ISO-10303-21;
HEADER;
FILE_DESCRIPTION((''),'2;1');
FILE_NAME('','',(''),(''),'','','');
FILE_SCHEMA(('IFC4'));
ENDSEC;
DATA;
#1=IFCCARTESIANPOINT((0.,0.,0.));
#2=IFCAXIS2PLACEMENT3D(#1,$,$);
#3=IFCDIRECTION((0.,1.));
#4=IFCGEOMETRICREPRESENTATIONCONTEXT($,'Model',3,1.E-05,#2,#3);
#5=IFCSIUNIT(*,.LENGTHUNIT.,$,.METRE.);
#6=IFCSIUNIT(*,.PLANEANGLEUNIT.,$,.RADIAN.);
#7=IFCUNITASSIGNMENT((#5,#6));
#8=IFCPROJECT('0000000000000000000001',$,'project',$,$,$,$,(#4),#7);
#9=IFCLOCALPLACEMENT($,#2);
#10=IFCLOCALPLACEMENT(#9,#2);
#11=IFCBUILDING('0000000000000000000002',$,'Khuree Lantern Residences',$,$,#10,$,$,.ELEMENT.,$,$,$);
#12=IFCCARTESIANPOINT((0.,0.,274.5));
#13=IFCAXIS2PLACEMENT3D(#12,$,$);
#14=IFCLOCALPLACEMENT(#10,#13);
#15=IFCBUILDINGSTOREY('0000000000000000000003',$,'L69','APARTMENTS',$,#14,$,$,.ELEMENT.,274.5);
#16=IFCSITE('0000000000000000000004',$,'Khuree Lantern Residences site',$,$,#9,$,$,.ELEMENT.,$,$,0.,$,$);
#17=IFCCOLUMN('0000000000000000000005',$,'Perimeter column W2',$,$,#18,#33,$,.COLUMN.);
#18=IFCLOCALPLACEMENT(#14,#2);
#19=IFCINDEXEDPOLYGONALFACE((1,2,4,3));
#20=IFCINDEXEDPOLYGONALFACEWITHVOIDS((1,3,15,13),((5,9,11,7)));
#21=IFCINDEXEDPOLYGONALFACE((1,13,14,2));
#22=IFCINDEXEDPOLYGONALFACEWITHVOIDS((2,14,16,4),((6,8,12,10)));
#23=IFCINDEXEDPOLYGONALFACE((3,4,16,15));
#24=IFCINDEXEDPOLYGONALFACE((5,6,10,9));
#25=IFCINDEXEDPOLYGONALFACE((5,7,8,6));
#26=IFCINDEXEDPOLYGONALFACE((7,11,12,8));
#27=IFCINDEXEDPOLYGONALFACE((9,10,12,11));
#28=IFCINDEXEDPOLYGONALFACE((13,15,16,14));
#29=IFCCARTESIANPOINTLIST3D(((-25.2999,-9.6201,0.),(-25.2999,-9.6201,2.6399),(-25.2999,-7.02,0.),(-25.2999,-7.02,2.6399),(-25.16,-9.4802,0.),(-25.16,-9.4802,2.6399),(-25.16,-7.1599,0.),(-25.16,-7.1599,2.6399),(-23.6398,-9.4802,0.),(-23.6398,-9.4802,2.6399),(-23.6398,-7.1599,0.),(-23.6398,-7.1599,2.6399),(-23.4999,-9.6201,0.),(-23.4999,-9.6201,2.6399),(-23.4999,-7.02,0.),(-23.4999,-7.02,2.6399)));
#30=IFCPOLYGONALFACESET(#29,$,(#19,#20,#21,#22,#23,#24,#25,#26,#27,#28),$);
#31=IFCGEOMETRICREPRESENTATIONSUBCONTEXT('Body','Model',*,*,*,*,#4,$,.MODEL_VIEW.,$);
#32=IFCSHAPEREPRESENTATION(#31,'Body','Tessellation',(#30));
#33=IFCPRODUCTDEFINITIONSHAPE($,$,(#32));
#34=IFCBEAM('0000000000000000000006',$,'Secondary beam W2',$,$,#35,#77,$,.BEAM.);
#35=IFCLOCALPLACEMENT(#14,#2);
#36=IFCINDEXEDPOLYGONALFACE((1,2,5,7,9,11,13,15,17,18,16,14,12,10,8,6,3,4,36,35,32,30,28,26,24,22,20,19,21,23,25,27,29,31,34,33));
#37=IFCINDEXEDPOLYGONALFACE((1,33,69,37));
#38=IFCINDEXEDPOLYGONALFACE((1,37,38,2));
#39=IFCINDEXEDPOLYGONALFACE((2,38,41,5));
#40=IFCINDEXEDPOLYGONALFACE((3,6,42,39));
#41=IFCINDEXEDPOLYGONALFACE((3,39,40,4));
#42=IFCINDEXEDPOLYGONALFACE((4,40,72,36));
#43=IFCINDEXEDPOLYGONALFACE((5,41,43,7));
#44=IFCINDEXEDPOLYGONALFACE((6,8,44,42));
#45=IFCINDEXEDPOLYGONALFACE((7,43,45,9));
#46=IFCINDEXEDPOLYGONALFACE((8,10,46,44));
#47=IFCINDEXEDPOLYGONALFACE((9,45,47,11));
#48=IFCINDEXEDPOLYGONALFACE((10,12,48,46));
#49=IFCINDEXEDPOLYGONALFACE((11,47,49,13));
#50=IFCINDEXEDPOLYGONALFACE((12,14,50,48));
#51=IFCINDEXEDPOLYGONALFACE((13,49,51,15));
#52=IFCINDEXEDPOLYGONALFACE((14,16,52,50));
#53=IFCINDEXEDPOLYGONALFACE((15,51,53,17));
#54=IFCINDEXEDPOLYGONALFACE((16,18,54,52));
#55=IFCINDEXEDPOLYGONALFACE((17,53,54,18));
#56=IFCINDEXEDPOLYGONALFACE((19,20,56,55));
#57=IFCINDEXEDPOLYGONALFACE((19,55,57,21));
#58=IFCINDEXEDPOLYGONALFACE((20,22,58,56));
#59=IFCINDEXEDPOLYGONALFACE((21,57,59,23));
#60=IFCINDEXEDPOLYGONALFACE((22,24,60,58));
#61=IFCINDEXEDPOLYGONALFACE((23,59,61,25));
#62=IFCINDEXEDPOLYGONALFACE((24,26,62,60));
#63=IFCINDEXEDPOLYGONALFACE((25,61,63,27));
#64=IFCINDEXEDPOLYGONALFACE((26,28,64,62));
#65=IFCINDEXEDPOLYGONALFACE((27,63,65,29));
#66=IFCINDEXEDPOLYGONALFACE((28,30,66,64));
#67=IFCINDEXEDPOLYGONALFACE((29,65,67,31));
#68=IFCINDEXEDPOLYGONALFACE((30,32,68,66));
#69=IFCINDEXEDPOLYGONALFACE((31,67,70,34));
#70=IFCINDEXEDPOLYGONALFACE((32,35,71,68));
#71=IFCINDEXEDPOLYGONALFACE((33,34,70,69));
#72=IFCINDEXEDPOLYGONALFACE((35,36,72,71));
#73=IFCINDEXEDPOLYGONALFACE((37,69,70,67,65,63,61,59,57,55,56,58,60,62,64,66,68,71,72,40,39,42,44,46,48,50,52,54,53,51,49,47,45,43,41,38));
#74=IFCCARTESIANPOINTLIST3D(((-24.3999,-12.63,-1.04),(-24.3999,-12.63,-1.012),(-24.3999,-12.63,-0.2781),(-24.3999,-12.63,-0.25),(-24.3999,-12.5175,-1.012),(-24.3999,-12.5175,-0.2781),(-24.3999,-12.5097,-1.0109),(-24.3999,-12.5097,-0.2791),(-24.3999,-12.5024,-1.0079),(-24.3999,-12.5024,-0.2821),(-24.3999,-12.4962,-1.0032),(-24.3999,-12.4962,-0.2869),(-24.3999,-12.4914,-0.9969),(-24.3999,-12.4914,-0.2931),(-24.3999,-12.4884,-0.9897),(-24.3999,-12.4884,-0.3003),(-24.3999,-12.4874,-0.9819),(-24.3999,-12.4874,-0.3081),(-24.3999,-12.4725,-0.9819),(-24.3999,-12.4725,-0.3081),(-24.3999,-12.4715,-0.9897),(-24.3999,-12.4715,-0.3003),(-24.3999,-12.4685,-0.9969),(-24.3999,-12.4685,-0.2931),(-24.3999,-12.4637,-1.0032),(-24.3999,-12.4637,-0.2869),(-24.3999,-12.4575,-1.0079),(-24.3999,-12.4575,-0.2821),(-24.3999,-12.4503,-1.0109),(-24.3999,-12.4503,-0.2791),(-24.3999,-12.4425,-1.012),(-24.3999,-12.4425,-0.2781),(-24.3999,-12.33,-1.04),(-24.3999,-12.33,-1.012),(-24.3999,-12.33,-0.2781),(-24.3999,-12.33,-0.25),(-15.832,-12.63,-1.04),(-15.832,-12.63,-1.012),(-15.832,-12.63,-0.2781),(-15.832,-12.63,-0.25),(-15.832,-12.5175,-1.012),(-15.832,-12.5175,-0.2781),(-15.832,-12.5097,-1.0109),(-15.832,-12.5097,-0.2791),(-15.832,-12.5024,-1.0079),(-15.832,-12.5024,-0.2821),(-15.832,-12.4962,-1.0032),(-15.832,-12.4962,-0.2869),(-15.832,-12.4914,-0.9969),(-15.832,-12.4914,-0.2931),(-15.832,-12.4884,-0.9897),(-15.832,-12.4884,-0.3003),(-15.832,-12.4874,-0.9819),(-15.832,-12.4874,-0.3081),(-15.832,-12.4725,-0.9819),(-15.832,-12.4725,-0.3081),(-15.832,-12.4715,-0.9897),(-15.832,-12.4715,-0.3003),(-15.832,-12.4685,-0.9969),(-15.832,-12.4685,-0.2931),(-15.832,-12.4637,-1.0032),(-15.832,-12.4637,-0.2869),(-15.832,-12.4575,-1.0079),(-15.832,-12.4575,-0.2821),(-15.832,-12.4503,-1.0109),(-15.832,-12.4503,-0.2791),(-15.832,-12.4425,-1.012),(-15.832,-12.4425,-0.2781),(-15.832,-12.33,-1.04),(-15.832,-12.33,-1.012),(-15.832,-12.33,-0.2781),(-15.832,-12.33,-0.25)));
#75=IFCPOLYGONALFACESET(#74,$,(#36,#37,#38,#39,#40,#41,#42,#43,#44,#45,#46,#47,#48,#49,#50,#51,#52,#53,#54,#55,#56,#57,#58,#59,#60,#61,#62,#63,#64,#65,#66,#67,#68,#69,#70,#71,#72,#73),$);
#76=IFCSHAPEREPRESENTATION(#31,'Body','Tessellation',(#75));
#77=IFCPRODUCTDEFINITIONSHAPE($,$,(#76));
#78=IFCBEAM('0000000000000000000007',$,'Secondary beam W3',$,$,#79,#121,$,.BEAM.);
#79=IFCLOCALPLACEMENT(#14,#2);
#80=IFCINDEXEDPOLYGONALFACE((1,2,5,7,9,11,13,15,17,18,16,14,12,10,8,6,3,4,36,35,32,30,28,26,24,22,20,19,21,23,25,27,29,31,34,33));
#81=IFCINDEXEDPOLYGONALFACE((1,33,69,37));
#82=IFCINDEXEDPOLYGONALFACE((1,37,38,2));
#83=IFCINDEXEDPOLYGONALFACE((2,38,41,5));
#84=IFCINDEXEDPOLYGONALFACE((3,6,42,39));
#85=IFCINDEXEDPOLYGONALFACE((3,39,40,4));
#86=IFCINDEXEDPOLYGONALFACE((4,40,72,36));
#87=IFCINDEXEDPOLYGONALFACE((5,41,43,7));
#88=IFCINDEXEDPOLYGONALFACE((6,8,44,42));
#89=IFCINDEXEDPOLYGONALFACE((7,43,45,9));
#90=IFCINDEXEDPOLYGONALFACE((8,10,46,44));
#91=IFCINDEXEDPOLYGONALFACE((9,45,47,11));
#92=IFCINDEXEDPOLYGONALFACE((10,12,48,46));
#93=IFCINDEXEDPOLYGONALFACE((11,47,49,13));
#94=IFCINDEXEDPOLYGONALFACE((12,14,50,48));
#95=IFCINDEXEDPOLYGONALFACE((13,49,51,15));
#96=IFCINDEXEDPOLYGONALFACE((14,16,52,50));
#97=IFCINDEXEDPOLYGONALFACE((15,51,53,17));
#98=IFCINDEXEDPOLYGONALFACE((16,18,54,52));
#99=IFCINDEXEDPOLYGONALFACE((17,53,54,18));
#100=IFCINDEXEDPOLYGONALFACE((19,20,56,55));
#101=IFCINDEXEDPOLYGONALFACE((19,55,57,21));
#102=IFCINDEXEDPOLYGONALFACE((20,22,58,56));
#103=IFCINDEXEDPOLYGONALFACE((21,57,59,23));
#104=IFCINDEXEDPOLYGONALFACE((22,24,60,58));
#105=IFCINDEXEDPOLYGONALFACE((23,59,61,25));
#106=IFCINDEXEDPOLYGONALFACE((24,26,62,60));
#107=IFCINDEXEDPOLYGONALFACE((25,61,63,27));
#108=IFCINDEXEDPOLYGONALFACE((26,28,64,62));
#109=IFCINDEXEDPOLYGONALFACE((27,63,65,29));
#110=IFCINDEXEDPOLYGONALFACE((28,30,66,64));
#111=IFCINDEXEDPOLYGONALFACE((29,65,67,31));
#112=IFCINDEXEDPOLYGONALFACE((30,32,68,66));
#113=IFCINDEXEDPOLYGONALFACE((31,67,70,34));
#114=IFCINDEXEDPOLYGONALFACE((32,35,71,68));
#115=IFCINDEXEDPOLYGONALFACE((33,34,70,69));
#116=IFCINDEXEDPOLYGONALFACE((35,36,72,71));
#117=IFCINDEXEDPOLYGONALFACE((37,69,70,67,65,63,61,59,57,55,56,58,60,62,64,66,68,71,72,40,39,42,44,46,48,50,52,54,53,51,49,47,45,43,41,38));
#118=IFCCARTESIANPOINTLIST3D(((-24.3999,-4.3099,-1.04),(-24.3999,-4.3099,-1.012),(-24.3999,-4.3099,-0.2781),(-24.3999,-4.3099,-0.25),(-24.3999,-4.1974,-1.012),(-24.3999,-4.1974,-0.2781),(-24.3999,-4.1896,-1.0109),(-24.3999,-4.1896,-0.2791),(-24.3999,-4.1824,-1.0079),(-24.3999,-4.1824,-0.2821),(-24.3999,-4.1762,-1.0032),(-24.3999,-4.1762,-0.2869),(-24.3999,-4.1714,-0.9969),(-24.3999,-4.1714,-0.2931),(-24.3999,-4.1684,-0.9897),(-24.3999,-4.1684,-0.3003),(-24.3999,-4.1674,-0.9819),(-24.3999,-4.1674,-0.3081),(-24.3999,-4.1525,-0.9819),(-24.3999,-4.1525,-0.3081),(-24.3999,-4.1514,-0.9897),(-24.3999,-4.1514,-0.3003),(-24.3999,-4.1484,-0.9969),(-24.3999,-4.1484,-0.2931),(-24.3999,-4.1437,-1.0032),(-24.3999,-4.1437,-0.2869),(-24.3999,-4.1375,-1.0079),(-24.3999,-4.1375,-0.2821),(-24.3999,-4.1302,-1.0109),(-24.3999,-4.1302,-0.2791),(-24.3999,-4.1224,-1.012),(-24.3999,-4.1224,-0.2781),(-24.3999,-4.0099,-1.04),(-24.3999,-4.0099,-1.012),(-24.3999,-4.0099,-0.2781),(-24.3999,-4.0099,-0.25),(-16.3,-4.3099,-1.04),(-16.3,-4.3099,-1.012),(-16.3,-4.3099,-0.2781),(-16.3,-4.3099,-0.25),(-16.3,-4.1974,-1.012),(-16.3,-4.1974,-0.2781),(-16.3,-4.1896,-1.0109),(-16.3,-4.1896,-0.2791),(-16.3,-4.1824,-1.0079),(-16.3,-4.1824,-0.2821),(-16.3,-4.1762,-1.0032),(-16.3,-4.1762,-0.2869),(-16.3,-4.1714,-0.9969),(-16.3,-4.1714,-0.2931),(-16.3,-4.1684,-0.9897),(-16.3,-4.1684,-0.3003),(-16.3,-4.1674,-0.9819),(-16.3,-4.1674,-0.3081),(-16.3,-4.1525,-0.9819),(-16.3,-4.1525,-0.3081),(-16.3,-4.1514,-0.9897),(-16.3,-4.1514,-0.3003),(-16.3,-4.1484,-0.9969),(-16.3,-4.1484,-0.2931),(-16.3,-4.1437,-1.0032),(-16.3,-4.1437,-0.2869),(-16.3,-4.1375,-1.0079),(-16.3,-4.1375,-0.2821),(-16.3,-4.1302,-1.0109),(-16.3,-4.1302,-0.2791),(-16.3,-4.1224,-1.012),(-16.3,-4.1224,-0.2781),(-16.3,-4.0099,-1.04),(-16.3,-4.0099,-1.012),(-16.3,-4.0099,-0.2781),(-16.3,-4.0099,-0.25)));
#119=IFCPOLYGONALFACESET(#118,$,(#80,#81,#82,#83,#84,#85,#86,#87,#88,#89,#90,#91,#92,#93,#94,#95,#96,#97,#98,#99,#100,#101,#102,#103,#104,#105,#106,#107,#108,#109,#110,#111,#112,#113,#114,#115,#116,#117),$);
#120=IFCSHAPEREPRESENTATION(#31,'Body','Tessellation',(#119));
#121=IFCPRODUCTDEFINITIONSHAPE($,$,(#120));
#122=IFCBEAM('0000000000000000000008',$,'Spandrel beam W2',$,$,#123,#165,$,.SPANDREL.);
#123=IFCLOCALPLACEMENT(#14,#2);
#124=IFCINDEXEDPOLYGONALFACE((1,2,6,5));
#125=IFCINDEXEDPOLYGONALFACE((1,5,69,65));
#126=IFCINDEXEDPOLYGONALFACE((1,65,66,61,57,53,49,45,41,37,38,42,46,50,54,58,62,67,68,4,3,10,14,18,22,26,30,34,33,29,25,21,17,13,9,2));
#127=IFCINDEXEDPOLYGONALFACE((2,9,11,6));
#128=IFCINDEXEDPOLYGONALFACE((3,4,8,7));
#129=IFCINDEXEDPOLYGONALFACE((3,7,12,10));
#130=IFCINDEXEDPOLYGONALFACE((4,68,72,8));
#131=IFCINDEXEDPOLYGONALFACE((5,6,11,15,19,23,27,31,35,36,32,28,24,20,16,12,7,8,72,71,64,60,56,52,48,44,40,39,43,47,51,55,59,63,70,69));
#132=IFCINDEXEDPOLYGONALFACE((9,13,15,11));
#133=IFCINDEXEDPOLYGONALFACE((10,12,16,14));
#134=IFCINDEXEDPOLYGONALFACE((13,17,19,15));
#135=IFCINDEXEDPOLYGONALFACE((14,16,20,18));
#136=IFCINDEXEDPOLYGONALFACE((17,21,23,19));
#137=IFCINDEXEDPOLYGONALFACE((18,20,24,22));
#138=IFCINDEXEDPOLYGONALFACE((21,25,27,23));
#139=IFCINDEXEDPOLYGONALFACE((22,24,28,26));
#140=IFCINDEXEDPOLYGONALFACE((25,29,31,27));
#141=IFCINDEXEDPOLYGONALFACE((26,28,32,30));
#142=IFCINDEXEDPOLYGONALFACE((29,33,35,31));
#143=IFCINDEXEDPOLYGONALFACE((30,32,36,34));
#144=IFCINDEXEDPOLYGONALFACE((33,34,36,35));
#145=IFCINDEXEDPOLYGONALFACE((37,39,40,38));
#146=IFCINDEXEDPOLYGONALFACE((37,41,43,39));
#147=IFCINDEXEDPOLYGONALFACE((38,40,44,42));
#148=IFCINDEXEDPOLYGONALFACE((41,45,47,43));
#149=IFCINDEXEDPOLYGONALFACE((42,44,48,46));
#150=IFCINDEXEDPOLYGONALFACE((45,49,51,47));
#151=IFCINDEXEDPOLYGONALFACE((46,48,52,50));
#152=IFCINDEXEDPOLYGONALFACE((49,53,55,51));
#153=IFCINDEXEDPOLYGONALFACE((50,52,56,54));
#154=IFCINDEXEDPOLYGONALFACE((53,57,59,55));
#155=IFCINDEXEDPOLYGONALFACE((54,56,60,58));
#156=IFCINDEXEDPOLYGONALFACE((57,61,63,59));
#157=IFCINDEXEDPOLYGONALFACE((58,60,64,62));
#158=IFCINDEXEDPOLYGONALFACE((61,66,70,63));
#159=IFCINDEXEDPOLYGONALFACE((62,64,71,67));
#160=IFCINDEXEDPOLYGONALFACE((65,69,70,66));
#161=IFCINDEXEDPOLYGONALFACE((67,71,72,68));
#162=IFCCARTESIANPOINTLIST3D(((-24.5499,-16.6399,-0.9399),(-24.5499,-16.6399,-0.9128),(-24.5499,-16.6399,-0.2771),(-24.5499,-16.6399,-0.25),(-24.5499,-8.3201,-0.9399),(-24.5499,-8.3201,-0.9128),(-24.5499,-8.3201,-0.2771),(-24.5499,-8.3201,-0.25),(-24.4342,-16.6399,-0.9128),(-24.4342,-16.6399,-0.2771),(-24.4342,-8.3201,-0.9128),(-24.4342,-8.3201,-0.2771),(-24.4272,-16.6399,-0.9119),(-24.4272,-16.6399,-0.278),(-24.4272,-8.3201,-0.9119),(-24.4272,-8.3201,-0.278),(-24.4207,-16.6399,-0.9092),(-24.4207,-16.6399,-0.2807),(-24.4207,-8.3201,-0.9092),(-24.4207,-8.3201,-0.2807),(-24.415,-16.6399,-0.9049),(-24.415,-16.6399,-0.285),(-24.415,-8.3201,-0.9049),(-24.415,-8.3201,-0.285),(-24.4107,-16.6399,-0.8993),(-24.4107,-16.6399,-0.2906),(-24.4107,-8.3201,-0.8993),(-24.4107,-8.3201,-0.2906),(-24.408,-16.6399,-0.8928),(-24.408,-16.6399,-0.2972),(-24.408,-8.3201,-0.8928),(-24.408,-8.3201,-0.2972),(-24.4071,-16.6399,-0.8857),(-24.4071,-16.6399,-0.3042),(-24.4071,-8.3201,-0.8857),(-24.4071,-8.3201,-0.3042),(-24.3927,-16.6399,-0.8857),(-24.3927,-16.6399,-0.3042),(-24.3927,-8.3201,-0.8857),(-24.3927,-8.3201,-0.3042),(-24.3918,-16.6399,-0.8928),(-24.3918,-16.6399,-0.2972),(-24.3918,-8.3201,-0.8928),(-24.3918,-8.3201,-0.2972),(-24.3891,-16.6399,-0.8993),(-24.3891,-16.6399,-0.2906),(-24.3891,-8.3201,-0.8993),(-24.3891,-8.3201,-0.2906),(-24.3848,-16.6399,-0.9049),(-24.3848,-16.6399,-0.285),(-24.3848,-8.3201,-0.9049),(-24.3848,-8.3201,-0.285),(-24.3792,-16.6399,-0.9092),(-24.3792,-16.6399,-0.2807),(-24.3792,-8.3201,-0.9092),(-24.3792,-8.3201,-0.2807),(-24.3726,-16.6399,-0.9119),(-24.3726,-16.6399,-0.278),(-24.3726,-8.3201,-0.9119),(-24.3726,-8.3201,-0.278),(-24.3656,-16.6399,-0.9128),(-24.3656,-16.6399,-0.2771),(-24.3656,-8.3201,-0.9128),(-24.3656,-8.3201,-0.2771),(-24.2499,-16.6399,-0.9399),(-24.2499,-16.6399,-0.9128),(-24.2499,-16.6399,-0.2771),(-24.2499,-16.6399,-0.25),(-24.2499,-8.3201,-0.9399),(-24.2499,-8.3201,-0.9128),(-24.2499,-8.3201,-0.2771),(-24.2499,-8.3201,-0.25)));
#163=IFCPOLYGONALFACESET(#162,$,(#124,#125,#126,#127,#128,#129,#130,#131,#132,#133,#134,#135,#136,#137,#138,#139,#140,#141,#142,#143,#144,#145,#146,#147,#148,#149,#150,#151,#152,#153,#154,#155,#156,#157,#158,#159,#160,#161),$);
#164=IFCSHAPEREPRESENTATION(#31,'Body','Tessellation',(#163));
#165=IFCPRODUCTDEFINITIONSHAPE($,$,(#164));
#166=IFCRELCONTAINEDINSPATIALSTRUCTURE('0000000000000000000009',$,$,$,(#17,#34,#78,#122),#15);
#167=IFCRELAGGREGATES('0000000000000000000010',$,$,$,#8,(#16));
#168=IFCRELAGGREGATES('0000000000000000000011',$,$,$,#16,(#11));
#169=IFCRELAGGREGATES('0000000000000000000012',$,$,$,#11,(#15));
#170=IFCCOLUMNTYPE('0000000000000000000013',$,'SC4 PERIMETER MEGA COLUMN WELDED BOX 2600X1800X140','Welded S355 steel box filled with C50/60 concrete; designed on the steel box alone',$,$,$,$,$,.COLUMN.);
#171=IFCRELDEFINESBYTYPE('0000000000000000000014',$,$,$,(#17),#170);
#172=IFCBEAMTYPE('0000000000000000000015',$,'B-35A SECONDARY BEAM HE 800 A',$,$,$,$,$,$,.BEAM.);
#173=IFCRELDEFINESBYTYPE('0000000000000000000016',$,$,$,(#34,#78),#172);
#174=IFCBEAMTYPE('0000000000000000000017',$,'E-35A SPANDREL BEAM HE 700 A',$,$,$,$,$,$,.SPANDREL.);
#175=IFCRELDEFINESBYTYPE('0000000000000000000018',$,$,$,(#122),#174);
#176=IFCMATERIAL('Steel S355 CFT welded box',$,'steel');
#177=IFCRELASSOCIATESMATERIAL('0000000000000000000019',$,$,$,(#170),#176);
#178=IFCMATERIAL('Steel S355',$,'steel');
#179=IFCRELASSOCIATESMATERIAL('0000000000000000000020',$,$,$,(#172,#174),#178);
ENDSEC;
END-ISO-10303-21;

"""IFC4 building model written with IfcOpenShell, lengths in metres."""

from ifc_helpers import new_model, si_unit, direction, frame, origin, origin_2d, place, context, subcontext, project, spatial, hollow_rectangle, i_section, extrude, material, material_profile, profile_set, type_object, element, save


model = new_model("IFC4")

# Units and contexts
model_context = context("Model", 3, precision=1e-05, world=origin(), true_north=direction((0.0, 1.0)))
body_context = subcontext(model_context, "Body", "Model", "MODEL_VIEW")
ifc_project = project(units=[si_unit("LENGTHUNIT", "METRE"), si_unit("PLANEANGLEUNIT", "RADIAN")], contexts=[model_context])

# Site, building, storey
site_placement = place(None, origin())
site = spatial("IfcSite", under=ifc_project, at=site_placement, Name="Khuree Lantern Residences site", CompositionType="ELEMENT", RefElevation=0.0)
building_placement = place(site_placement, origin())
building = spatial("IfcBuilding", under=site, at=building_placement, Name="Khuree Lantern Residences", CompositionType="ELEMENT")
storey_placement = place(building_placement, frame((0.0, 0.0, 274.5)))
storey = spatial("IfcBuildingStorey", under=building, at=storey_placement, Name="L69", Description="APARTMENTS", CompositionType="ELEMENT", Elevation=274.5)

# Column
ifc_material_1 = material(Name="Steel S355 CFT welded box", Category="steel")
ifc_material_profile_1 = material_profile(ifc_material_1, hollow_rectangle(XDim=2.6001, YDim=1.8, WallThickness=0.1399, at=origin_2d()), Name="WELDED BOX 2600X1800X140")
ifc_profile_set_1 = profile_set([ifc_material_profile_1], Name="Steel S355 CFT welded box")
column_type = type_object("IfcColumnType", Name="SC4 PERIMETER MEGA COLUMN WELDED BOX 2600X1800X140", Description="Welded S355 steel box filled with C50/60 concrete; designed on the steel box alone", PredefinedType="COLUMN", material=ifc_profile_set_1)
column_placement = place(storey_placement, frame((-24.3999, -8.3201, 0.0), z_axis=(0.0, 0.0, 1.0), x_axis=(0.0, 1.0, 0.0)))
element("IfcColumn", 1, at=column_placement, inside=storey, type_object=column_type, Name="Perimeter column W2", PredefinedType="COLUMN", context=body_context, shape_type="SweptSolid", body=[
    extrude(hollow_rectangle(XDim=2.6001, YDim=1.8, WallThickness=0.1399, at=origin_2d()), origin(), (0.0, 0.0, 1.0), 2.6399),
])

# Beams
ifc_material_2 = material(Name="Steel S355", Category="steel")
ifc_material_profile_2 = material_profile(ifc_material_2, i_section(OverallWidth=0.3, OverallDepth=0.79, WebThickness=0.0149, FlangeThickness=0.0281, FilletRadius=0.03, at=origin_2d()), Name="HE 800 A")
ifc_profile_set_2 = profile_set([ifc_material_profile_2], Name="Steel S355")
beam_type_1 = type_object("IfcBeamType", Name="B-35A SECONDARY BEAM HE 800 A", PredefinedType="BEAM", material=ifc_profile_set_2)
beam_1_placement = place(storey_placement, frame((-24.3999, -12.48, -0.645), z_axis=(1.0, 0.0, 0.0), x_axis=(0.0, 1.0, 0.0)))
element("IfcBeam", 2, at=beam_1_placement, inside=storey, type_object=beam_type_1, Name="Secondary beam W2", PredefinedType="BEAM", context=body_context, shape_type="SweptSolid", body=[
    extrude(i_section(OverallWidth=0.3, OverallDepth=0.79, WebThickness=0.0149, FlangeThickness=0.0281, FilletRadius=0.03, at=origin_2d()), origin(), (0.0, 0.0, 1.0), 8.5679),
])
beam_2_placement = place(storey_placement, frame((-24.3999, -4.1599, -0.645), z_axis=(1.0, 0.0, 0.0), x_axis=(0.0, 1.0, 0.0)))
element("IfcBeam", 3, at=beam_2_placement, inside=storey, type_object=beam_type_1, Name="Secondary beam W3", PredefinedType="BEAM", context=body_context, shape_type="SweptSolid", body=[
    extrude(i_section(OverallWidth=0.3, OverallDepth=0.79, WebThickness=0.0149, FlangeThickness=0.0281, FilletRadius=0.03, at=origin_2d()), origin(), (0.0, 0.0, 1.0), 8.0999),
])
ifc_material_profile_3 = material_profile(ifc_material_2, i_section(OverallWidth=0.3, OverallDepth=0.6899, WebThickness=0.0144, FlangeThickness=0.0271, FilletRadius=0.0271, at=origin_2d()), Name="HE 700 A")
ifc_profile_set_3 = profile_set([ifc_material_profile_3], Name="Steel S355")
beam_type_2 = type_object("IfcBeamType", Name="E-35A SPANDREL BEAM HE 700 A", PredefinedType="SPANDREL", material=ifc_profile_set_3)
beam_3_placement = place(storey_placement, frame((-24.3999, -16.6399, -0.595), z_axis=(0.0, 1.0, 0.0), x_axis=(-1.0, 0.0, 0.0)))
element("IfcBeam", 4, at=beam_3_placement, inside=storey, type_object=beam_type_2, Name="Spandrel beam W2", PredefinedType="SPANDREL", context=body_context, shape_type="SweptSolid", body=[
    extrude(i_section(OverallWidth=0.3, OverallDepth=0.6899, WebThickness=0.0144, FlangeThickness=0.0271, FilletRadius=0.0271, at=origin_2d()), origin(), (0.0, 0.0, 1.0), 8.3198),
])

save(model, "model.ifc")
